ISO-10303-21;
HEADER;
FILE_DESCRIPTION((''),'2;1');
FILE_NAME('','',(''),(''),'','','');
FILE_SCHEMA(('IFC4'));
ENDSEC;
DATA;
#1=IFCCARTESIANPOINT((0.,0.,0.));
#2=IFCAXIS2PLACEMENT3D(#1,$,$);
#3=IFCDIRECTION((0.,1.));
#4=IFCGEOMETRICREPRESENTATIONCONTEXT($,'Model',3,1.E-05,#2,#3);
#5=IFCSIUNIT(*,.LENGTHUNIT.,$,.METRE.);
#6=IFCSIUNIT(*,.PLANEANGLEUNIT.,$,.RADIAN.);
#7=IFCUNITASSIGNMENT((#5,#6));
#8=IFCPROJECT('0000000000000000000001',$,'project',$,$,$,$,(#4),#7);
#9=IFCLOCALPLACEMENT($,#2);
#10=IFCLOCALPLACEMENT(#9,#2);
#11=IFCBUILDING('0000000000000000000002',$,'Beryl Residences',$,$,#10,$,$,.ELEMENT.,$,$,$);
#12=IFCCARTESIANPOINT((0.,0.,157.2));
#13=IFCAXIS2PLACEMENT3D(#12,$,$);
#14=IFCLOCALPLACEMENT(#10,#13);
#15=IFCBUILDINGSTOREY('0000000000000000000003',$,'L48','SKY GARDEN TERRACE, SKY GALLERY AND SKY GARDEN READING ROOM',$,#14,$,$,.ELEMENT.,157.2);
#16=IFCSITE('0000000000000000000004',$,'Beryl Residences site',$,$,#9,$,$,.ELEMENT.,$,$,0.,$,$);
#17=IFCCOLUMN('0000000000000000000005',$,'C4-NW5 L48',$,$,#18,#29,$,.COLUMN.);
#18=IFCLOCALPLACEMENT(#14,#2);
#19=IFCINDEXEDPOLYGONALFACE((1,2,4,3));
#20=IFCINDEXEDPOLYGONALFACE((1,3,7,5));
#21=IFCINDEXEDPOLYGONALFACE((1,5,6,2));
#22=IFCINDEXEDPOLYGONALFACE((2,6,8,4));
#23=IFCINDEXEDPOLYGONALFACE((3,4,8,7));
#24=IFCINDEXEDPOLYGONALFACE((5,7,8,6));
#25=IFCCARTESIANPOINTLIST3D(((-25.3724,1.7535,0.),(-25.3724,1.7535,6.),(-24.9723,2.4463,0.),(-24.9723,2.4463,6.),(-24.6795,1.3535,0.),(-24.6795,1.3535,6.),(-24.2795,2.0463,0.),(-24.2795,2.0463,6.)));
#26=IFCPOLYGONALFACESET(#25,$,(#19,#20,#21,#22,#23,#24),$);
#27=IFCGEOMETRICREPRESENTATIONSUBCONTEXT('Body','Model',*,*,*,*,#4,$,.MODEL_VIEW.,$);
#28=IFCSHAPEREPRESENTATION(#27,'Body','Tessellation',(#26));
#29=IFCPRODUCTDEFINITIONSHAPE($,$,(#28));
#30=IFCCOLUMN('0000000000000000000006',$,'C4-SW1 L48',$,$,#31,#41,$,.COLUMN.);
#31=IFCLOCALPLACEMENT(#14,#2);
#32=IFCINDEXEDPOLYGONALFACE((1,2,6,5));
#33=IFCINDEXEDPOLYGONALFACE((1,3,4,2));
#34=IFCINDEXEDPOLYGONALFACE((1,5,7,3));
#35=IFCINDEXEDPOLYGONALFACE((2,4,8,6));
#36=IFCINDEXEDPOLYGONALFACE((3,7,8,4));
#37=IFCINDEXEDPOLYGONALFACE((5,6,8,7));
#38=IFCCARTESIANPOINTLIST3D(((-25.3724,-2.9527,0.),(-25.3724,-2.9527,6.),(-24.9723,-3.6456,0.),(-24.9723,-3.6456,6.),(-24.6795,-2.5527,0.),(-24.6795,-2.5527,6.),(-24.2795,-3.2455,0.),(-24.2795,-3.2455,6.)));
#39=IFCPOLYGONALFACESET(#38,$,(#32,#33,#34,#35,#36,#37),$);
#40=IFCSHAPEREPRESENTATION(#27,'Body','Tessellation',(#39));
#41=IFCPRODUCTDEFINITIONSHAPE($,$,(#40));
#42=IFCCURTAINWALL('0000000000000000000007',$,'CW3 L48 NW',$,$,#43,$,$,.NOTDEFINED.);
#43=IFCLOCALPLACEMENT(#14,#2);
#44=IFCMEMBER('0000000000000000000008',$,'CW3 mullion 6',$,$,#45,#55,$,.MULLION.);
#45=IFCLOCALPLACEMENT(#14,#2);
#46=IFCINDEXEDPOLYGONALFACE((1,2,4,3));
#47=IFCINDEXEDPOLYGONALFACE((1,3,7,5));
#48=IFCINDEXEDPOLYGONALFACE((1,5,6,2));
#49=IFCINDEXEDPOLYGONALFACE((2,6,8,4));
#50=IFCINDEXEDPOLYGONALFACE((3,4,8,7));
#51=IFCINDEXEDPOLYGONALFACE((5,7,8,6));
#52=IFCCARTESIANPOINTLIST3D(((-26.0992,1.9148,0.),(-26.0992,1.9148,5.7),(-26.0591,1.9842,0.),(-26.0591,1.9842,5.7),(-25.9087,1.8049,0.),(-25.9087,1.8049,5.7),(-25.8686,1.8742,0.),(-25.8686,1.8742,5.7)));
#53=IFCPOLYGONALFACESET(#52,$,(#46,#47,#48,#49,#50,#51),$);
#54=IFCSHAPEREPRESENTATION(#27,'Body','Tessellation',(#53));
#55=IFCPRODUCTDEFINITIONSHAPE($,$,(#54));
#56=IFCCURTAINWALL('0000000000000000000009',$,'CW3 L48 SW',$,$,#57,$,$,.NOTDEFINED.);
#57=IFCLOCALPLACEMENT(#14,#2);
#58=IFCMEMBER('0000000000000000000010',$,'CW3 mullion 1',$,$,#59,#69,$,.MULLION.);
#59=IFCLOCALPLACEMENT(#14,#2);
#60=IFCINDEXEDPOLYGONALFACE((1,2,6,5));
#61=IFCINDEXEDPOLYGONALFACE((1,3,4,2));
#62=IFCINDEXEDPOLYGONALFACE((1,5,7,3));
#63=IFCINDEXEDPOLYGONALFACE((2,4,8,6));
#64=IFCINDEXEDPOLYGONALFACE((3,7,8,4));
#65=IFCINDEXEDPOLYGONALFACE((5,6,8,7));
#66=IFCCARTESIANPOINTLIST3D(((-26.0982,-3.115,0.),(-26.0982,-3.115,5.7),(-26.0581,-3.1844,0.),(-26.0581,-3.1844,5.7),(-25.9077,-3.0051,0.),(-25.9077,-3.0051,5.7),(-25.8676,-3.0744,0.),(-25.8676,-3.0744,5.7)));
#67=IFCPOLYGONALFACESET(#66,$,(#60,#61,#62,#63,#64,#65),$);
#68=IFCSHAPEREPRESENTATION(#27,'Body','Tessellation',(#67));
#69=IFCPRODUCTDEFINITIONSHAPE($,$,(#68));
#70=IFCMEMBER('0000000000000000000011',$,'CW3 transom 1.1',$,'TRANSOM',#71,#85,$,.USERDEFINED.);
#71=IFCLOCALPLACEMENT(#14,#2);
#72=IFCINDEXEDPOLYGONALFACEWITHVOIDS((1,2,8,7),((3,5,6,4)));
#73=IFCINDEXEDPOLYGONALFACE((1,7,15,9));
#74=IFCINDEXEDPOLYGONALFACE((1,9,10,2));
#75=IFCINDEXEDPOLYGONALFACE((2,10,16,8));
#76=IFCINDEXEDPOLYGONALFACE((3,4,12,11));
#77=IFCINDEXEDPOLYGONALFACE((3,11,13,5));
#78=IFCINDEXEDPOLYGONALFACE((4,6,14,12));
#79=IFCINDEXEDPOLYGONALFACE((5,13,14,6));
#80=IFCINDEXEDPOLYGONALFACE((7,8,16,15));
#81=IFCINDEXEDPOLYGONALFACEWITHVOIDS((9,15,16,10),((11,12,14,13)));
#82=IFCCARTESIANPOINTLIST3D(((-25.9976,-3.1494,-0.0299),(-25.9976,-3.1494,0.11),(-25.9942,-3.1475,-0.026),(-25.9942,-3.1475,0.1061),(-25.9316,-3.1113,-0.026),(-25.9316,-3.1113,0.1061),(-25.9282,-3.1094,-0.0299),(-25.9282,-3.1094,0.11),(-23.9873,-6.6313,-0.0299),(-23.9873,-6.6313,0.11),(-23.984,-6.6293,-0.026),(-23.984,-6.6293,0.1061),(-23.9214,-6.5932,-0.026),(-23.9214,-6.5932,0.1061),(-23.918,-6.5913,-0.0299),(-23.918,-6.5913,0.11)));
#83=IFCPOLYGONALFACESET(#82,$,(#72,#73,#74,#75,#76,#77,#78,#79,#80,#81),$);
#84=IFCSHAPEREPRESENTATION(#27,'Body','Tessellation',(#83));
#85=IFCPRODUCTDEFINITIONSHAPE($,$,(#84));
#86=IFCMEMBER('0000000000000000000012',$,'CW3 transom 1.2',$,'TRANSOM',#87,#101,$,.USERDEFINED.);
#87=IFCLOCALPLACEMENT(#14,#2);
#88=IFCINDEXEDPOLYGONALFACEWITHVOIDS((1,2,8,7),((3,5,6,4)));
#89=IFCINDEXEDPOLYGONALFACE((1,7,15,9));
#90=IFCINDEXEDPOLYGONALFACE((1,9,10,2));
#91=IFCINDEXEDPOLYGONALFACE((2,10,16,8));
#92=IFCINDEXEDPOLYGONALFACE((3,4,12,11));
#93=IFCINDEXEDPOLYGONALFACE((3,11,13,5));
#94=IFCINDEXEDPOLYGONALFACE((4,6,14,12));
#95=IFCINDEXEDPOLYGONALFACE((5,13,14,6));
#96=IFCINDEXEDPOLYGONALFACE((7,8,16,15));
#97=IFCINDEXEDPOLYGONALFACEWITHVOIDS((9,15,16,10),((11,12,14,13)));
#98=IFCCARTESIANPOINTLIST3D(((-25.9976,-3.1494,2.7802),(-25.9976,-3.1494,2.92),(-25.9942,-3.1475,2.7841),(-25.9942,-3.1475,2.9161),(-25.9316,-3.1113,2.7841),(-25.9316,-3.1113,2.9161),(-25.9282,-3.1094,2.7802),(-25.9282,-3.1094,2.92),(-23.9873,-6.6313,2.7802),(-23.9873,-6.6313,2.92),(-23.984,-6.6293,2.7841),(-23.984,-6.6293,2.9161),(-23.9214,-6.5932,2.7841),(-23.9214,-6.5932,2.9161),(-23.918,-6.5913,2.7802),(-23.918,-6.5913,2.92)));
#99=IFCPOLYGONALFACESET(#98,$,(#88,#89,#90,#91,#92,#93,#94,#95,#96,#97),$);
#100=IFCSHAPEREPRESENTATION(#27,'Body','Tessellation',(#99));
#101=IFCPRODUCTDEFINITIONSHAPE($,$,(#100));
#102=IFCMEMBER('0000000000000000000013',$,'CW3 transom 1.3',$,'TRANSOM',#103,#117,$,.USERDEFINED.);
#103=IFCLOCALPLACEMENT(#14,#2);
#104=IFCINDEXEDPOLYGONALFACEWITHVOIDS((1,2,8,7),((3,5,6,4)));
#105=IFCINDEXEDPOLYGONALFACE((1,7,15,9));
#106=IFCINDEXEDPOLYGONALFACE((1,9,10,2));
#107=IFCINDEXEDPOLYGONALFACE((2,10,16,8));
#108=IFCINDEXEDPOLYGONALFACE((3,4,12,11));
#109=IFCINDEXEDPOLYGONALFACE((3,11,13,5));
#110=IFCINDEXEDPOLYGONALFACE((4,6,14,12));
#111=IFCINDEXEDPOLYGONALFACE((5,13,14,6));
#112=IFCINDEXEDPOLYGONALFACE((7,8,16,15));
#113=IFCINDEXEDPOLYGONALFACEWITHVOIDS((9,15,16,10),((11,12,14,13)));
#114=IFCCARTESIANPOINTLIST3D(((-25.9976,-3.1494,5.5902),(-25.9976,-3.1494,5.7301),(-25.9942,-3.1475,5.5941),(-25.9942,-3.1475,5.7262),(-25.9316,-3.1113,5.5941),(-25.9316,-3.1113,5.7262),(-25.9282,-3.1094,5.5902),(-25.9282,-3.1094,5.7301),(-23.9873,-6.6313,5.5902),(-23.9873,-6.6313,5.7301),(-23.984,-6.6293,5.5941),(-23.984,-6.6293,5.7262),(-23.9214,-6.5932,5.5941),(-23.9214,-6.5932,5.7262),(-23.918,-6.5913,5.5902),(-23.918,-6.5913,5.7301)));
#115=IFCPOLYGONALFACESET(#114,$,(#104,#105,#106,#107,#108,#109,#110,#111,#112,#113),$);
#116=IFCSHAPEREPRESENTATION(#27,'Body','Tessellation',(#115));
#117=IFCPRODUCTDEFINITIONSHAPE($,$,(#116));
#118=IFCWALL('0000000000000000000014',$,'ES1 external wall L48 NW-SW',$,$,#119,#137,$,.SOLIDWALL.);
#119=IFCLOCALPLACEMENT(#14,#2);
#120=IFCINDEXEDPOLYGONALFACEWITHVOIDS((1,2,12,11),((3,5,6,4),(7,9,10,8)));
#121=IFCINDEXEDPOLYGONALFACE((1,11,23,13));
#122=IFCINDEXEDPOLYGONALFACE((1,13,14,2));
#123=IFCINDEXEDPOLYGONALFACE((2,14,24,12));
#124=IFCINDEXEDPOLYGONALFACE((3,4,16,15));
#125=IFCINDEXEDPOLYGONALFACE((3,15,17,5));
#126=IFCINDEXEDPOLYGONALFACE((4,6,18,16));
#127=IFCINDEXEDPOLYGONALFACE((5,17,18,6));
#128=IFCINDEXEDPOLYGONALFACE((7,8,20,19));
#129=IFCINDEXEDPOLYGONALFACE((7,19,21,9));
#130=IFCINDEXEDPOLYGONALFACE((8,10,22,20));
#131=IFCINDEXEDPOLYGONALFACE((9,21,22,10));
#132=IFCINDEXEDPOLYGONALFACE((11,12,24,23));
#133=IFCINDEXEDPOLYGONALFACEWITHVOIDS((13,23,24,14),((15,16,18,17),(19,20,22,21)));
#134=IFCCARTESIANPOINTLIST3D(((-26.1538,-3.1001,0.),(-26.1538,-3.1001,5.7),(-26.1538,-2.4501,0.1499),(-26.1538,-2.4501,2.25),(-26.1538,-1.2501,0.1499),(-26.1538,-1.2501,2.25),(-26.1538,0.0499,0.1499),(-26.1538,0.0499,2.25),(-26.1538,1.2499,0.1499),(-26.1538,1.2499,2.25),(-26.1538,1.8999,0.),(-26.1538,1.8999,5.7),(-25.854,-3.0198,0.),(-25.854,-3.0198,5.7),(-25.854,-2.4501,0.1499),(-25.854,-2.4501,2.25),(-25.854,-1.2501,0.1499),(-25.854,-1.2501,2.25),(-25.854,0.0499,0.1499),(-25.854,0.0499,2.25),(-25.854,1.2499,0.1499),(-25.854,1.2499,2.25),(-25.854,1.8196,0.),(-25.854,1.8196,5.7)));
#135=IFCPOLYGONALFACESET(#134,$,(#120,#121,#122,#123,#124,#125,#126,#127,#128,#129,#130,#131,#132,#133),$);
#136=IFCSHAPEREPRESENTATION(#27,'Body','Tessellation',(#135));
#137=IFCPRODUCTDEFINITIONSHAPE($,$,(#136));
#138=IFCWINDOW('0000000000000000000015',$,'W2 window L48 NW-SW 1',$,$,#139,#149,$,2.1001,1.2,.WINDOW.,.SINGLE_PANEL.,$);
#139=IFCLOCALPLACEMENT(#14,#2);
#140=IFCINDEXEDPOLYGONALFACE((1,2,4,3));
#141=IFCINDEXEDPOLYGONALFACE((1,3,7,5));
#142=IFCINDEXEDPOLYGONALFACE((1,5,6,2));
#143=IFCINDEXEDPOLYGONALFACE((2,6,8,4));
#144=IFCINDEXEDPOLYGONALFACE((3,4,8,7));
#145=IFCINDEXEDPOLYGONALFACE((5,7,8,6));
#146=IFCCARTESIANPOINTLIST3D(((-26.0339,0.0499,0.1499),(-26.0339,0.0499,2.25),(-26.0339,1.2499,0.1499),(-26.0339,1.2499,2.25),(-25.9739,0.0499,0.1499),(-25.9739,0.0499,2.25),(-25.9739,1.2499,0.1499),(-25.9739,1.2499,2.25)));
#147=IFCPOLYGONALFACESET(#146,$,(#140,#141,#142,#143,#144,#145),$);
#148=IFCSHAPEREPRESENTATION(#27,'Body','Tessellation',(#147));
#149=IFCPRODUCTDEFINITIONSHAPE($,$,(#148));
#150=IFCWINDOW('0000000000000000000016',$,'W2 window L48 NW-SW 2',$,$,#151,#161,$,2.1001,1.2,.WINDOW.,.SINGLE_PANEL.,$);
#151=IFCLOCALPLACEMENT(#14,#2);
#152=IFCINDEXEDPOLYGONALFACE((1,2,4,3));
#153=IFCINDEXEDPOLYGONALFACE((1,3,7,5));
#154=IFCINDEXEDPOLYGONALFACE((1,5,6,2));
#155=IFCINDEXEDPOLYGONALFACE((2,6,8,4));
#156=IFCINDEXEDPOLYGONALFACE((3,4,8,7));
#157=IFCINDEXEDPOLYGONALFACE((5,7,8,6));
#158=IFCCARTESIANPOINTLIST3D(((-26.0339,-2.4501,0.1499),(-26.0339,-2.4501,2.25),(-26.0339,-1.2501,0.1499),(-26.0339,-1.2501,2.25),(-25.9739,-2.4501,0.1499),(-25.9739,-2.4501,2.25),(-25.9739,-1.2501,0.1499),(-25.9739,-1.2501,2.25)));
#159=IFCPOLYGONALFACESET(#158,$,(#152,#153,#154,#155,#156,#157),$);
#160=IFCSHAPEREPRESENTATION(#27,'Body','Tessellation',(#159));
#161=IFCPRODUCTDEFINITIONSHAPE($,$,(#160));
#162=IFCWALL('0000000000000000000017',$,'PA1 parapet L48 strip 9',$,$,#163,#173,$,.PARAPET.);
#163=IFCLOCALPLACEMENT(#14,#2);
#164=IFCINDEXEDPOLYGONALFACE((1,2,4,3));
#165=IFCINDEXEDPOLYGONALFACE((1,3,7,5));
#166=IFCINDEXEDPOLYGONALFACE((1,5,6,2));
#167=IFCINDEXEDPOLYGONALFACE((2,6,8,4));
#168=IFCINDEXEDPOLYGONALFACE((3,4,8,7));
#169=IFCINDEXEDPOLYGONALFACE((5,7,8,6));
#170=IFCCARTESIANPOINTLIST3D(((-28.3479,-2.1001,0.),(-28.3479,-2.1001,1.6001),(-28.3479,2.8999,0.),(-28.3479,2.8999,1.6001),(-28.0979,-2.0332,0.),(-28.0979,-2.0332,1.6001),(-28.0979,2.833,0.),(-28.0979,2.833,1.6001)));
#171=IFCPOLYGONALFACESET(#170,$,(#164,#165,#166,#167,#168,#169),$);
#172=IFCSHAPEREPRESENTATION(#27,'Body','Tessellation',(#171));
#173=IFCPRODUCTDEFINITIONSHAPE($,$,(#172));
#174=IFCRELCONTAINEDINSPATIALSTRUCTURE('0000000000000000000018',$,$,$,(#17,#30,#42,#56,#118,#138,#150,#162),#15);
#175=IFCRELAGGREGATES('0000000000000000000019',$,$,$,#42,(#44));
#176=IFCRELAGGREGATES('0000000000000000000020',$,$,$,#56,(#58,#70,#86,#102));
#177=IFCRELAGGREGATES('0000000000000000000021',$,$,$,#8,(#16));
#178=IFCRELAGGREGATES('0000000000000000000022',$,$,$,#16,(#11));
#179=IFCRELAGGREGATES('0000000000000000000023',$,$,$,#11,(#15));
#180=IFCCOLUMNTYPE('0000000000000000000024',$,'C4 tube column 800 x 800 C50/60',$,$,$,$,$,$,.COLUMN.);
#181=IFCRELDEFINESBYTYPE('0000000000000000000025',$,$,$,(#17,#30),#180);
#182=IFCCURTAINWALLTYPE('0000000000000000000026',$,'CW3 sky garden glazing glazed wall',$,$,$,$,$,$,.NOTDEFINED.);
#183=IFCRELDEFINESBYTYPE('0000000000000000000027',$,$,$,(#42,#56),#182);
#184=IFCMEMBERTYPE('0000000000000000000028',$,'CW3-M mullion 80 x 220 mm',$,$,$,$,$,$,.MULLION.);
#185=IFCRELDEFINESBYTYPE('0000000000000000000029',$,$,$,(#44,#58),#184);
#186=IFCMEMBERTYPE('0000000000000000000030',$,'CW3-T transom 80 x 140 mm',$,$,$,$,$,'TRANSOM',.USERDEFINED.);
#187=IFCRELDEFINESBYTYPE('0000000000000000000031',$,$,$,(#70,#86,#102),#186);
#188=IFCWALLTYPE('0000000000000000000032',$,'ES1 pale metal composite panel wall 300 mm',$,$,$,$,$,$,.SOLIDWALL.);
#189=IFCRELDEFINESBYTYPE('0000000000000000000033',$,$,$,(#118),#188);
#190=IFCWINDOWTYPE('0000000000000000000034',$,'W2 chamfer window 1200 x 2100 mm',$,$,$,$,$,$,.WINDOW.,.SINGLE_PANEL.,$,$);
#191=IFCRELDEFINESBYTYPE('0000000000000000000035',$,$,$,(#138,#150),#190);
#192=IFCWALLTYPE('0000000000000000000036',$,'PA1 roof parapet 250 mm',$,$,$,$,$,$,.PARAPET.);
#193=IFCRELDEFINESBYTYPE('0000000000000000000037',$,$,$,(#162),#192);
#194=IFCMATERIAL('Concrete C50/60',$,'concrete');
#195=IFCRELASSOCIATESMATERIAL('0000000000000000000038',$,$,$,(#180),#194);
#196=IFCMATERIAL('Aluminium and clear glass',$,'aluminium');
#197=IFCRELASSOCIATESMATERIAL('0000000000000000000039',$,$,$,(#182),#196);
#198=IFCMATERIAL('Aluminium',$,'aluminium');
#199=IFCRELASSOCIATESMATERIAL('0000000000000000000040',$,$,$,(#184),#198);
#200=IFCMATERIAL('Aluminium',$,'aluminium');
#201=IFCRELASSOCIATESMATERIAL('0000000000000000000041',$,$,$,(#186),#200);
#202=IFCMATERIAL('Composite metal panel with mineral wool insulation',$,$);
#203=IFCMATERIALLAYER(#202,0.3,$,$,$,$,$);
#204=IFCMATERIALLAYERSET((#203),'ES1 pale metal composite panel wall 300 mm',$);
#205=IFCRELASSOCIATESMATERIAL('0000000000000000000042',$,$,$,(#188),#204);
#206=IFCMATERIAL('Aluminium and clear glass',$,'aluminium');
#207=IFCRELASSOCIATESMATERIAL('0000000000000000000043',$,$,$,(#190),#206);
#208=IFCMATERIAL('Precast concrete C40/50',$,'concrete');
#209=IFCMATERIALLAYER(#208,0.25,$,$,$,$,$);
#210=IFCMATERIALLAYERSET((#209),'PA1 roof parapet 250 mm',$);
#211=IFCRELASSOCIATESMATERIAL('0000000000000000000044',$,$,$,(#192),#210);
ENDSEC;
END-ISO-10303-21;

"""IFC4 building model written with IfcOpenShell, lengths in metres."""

from ifc_helpers import new_model, si_unit, direction, frame, frame_2d, origin, origin_2d, place, context, subcontext, project, spatial, polyline, rectangle, hollow_rectangle, outline, extrude, material, layer, layer_set, material_profile, profile_set, type_object, element, fill, aggregate, save


model = new_model("IFC4")

# Units and contexts
model_context = context("Model", 3, precision=1e-05, world=origin(), true_north=direction((0.0, 1.0)))
body_context = subcontext(model_context, "Body", "Model", "MODEL_VIEW")
ifc_project = project(units=[si_unit("LENGTHUNIT", "METRE"), si_unit("PLANEANGLEUNIT", "RADIAN")], contexts=[model_context])

# Site, building, storey
site_placement = place(None, origin())
site = spatial("IfcSite", under=ifc_project, at=site_placement, Name="Beryl Residences site", CompositionType="ELEMENT", RefElevation=0.0)
building_placement = place(site_placement, origin())
building = spatial("IfcBuilding", under=site, at=building_placement, Name="Beryl Residences", CompositionType="ELEMENT")
storey_placement = place(building_placement, frame((0.0, 0.0, 157.2)))
storey = spatial("IfcBuildingStorey", under=building, at=storey_placement, Name="L48", Description="SKY GARDEN TERRACE, SKY GALLERY AND SKY GARDEN READING ROOM", CompositionType="ELEMENT", Elevation=157.2)

# Columns
ifc_material_1 = material(Name="Concrete C50/60", Category="concrete")
ifc_material_profile_1 = material_profile(ifc_material_1, rectangle(XDim=0.8, YDim=0.8, at=origin_2d()))
ifc_profile_set_1 = profile_set([ifc_material_profile_1], Name="Concrete C50/60")
column_type = type_object("IfcColumnType", Name="C4 tube column 800 x 800 C50/60", PredefinedType="COLUMN", material=ifc_profile_set_1)
for number, where, z_axis, x_axis, name in (
    (1, (-24.8259, 1.8999, 0.0), (0.0, 0.0, 1.0), (-0.5, -0.866025, 0.0), "C4-NW5 L48"),
    (2, (-24.8259, -3.0991, 0.0), (0.0, 0.0, 1.0), (0.5, -0.866025, 0.0), "C4-SW1 L48"),
):
    element("IfcColumn", number, at=place(storey_placement, frame(where, z_axis=z_axis, x_axis=x_axis)), inside=storey, type_object=column_type, Name=name, PredefinedType="COLUMN", context=body_context, shape_type="SweptSolid", body=[
        extrude(rectangle(XDim=0.8, YDim=0.8, at=origin_2d()), origin(), (0.0, 0.0, 1.0), 6.0),
    ])

# Curtain wall, member
ifc_material_2 = material(Name="Aluminium and clear glass", Category="aluminium")
curtain_wall_type = type_object("IfcCurtainWallType", Name="CW3 sky garden glazing glazed wall", PredefinedType="NOTDEFINED", material=ifc_material_2)
curtain_wall_1_placement = place(storey_placement, origin())
curtain_wall_1 = element("IfcCurtainWall", 3, at=curtain_wall_1_placement, inside=storey, type_object=curtain_wall_type, Name="CW3 L48 NW", PredefinedType="NOTDEFINED")
ifc_material_3 = material(Name="Aluminium", Category="aluminium")
ifc_material_profile_2 = material_profile(ifc_material_3, rectangle(XDim=0.0801, YDim=0.22, at=origin_2d()))
ifc_profile_set_2 = profile_set([ifc_material_profile_2], Name="Aluminium")
member_type_1 = type_object("IfcMemberType", Name="CW3-M mullion 80 x 220 mm", PredefinedType="MULLION", material=ifc_profile_set_2)
member_1_placement = place(storey_placement, frame((-25.9839, 1.8945, 0.0), z_axis=(0.0, 0.0, 1.0), x_axis=(-0.499996, -0.866028, 0.0)))
member_1 = element("IfcMember", 4, at=member_1_placement, type_object=member_type_1, Name="CW3 mullion 6", PredefinedType="MULLION", context=body_context, shape_type="SweptSolid", body=[
    extrude(rectangle(XDim=0.0801, YDim=0.22, at=origin_2d()), origin(), (0.0, 0.0, 1.0), 5.7),
])
aggregate(curtain_wall_1, [member_1])

# Curtain wall, members
curtain_wall_2_placement = place(storey_placement, origin())
curtain_wall_2 = element("IfcCurtainWall", 5, at=curtain_wall_2_placement, inside=storey, type_object=curtain_wall_type, Name="CW3 L48 SW", PredefinedType="NOTDEFINED")
member_2_placement = place(storey_placement, frame((-25.9829, -3.0947, 0.0), z_axis=(0.0, 0.0, 1.0), x_axis=(0.500004, -0.866023, 0.0)))
member_2 = element("IfcMember", 6, at=member_2_placement, type_object=member_type_1, Name="CW3 mullion 1", PredefinedType="MULLION", context=body_context, shape_type="SweptSolid", body=[
    extrude(rectangle(XDim=0.0801, YDim=0.22, at=origin_2d()), origin(), (0.0, 0.0, 1.0), 5.7),
])
ifc_material_4 = material(Name="Aluminium", Category="aluminium")
ifc_material_profile_3 = material_profile(ifc_material_4, hollow_rectangle(XDim=0.0801, YDim=0.1399, WallThickness=0.0039, at=origin_2d()))
ifc_profile_set_3 = profile_set([ifc_material_profile_3], Name="Aluminium")
member_type_2 = type_object("IfcMemberType", Name="CW3-T transom 80 x 140 mm", ElementType="TRANSOM", PredefinedType="USERDEFINED", material=ifc_profile_set_3)
member_3_placement = place(storey_placement, frame((-25.9629, -3.1294, 0.04), z_axis=(0.499992, -0.86603, 0.0), x_axis=(0.86603, 0.499992, 0.0)))
member_3 = element("IfcMember", 7, at=member_3_placement, type_object=member_type_2, Name="CW3 transom 1.1", ObjectType="TRANSOM", PredefinedType="USERDEFINED", context=body_context, shape_type="SweptSolid", body=[
    extrude(hollow_rectangle(XDim=0.0801, YDim=0.1399, WallThickness=0.0039, at=origin_2d()), origin(), (0.0, 0.0, 1.0), 4.0205),
])
member_4_placement = place(storey_placement, frame((-25.9629, -3.1294, 2.8501), z_axis=(0.499992, -0.86603, 0.0), x_axis=(0.86603, 0.499992, 0.0)))
member_4 = element("IfcMember", 8, at=member_4_placement, type_object=member_type_2, Name="CW3 transom 1.2", ObjectType="TRANSOM", PredefinedType="USERDEFINED", context=body_context, shape_type="SweptSolid", body=[
    extrude(hollow_rectangle(XDim=0.0801, YDim=0.1399, WallThickness=0.0039, at=origin_2d()), origin(), (0.0, 0.0, 1.0), 4.0205),
])
member_5_placement = place(storey_placement, frame((-25.9629, -3.1294, 5.6602), z_axis=(0.499992, -0.86603, 0.0), x_axis=(0.86603, 0.499992, 0.0)))
member_5 = element("IfcMember", 9, at=member_5_placement, type_object=member_type_2, Name="CW3 transom 1.3", ObjectType="TRANSOM", PredefinedType="USERDEFINED", context=body_context, shape_type="SweptSolid", body=[
    extrude(hollow_rectangle(XDim=0.0801, YDim=0.1399, WallThickness=0.0039, at=origin_2d()), origin(), (0.0, 0.0, 1.0), 4.0205),
])
aggregate(curtain_wall_2, [member_2, member_3, member_4, member_5])

# Wall, openings, windows
ifc_material_5 = material(Name="Composite metal panel with mineral wool insulation")
ifc_layer_1 = layer(ifc_material_5, 0.3)
ifc_layer_set_1 = layer_set([ifc_layer_1], Name="ES1 pale metal composite panel wall 300 mm")
wall_type_1 = type_object("IfcWallType", Name="ES1 pale metal composite panel wall 300 mm", PredefinedType="SOLIDWALL", material=ifc_layer_set_1)
wall_1_placement = place(storey_placement, frame((-26.0039, 1.8999, 0.0), z_axis=(0.0, 0.0, 1.0), x_axis=(0.0, -1.0, 0.0)))
wall_1 = element("IfcWall", 10, at=wall_1_placement, inside=storey, type_object=wall_type_1, Name="ES1 external wall L48 NW-SW", PredefinedType="SOLIDWALL", context=body_context, shape_type="SweptSolid", body=[
    extrude(outline(polyline([(0.0, -0.1499), (5.0, -0.1499), (4.9197, 0.1499), (0.0803, 0.1499), (0.0, -0.1499)])), origin(), (0.0, 0.0, 1.0), 5.7),
])
opening_1_placement = place(wall_1_placement, frame((0.6499, 0.0, 0.1499)))
opening_1 = element("IfcOpeningElement", 11, at=opening_1_placement, cuts=wall_1, PredefinedType="OPENING", context=body_context, shape_type="SweptSolid", body=[
    extrude(rectangle(XDim=1.2, YDim=2.1001, at=frame_2d((0.6001, 1.05))), frame((0.0, 0.1599, 0.0), z_axis=(0.0, -1.0, 0.0), x_axis=(1.0, 0.0, 0.0)), (0.0, 0.0, 1.0), 0.3201),
])
opening_2_placement = place(wall_1_placement, frame((3.1499, 0.0, 0.1499)))
opening_2 = element("IfcOpeningElement", 12, at=opening_2_placement, cuts=wall_1, PredefinedType="OPENING", context=body_context, shape_type="SweptSolid", body=[
    extrude(rectangle(XDim=1.2, YDim=2.1001, at=frame_2d((0.6001, 1.05))), frame((0.0, 0.1599, 0.0), z_axis=(0.0, -1.0, 0.0), x_axis=(1.0, 0.0, 0.0)), (0.0, 0.0, 1.0), 0.3201),
])
ifc_material_6 = material(Name="Aluminium and clear glass", Category="aluminium")
window_type = type_object("IfcWindowType", Name="W2 chamfer window 1200 x 2100 mm", PartitioningType="SINGLE_PANEL", PredefinedType="WINDOW", material=ifc_material_6)
window_1_placement = place(opening_1_placement, origin())
window_1 = element("IfcWindow", 13, at=window_1_placement, inside=storey, type_object=window_type, Name="W2 window L48 NW-SW 1", OverallHeight=2.1001, OverallWidth=1.2, PartitioningType="SINGLE_PANEL", PredefinedType="WINDOW", context=body_context, shape_type="SweptSolid", body=[
    extrude(rectangle(XDim=1.2, YDim=2.1001, at=frame_2d((0.6001, 1.05))), frame((0.0, 0.03, 0.0), z_axis=(0.0, -1.0, 0.0), x_axis=(1.0, 0.0, 0.0)), (0.0, 0.0, 1.0), 0.0601),
])
fill(opening_1, window_1)
window_2_placement = place(opening_2_placement, origin())
window_2 = element("IfcWindow", 14, at=window_2_placement, inside=storey, type_object=window_type, Name="W2 window L48 NW-SW 2", OverallHeight=2.1001, OverallWidth=1.2, PartitioningType="SINGLE_PANEL", PredefinedType="WINDOW", context=body_context, shape_type="SweptSolid", body=[
    extrude(rectangle(XDim=1.2, YDim=2.1001, at=frame_2d((0.6001, 1.05))), frame((0.0, 0.03, 0.0), z_axis=(0.0, -1.0, 0.0), x_axis=(1.0, 0.0, 0.0)), (0.0, 0.0, 1.0), 0.0601),
])
fill(opening_2, window_2)

# Wall
ifc_material_7 = material(Name="Precast concrete C40/50", Category="concrete")
ifc_layer_2 = layer(ifc_material_7, 0.25)
ifc_layer_set_2 = layer_set([ifc_layer_2], Name="PA1 roof parapet 250 mm")
wall_type_2 = type_object("IfcWallType", Name="PA1 roof parapet 250 mm", PredefinedType="PARAPET", material=ifc_layer_set_2)
wall_2_placement = place(storey_placement, frame((-28.2229, -2.1001, 0.0), z_axis=(0.0, 0.0, 1.0), x_axis=(0.0, 1.0, 0.0)))
element("IfcWall", 15, at=wall_2_placement, inside=storey, type_object=wall_type_2, Name="PA1 parapet L48 strip 9", PredefinedType="PARAPET", context=body_context, shape_type="SweptSolid", body=[
    extrude(outline(polyline([(0.0669, -0.125), (4.9331, -0.125), (5.0, 0.125), (0.0, 0.125), (0.0669, -0.125)])), origin(), (0.0, 0.0, 1.0), 1.6001),
])

save(model, "model.ifc")
